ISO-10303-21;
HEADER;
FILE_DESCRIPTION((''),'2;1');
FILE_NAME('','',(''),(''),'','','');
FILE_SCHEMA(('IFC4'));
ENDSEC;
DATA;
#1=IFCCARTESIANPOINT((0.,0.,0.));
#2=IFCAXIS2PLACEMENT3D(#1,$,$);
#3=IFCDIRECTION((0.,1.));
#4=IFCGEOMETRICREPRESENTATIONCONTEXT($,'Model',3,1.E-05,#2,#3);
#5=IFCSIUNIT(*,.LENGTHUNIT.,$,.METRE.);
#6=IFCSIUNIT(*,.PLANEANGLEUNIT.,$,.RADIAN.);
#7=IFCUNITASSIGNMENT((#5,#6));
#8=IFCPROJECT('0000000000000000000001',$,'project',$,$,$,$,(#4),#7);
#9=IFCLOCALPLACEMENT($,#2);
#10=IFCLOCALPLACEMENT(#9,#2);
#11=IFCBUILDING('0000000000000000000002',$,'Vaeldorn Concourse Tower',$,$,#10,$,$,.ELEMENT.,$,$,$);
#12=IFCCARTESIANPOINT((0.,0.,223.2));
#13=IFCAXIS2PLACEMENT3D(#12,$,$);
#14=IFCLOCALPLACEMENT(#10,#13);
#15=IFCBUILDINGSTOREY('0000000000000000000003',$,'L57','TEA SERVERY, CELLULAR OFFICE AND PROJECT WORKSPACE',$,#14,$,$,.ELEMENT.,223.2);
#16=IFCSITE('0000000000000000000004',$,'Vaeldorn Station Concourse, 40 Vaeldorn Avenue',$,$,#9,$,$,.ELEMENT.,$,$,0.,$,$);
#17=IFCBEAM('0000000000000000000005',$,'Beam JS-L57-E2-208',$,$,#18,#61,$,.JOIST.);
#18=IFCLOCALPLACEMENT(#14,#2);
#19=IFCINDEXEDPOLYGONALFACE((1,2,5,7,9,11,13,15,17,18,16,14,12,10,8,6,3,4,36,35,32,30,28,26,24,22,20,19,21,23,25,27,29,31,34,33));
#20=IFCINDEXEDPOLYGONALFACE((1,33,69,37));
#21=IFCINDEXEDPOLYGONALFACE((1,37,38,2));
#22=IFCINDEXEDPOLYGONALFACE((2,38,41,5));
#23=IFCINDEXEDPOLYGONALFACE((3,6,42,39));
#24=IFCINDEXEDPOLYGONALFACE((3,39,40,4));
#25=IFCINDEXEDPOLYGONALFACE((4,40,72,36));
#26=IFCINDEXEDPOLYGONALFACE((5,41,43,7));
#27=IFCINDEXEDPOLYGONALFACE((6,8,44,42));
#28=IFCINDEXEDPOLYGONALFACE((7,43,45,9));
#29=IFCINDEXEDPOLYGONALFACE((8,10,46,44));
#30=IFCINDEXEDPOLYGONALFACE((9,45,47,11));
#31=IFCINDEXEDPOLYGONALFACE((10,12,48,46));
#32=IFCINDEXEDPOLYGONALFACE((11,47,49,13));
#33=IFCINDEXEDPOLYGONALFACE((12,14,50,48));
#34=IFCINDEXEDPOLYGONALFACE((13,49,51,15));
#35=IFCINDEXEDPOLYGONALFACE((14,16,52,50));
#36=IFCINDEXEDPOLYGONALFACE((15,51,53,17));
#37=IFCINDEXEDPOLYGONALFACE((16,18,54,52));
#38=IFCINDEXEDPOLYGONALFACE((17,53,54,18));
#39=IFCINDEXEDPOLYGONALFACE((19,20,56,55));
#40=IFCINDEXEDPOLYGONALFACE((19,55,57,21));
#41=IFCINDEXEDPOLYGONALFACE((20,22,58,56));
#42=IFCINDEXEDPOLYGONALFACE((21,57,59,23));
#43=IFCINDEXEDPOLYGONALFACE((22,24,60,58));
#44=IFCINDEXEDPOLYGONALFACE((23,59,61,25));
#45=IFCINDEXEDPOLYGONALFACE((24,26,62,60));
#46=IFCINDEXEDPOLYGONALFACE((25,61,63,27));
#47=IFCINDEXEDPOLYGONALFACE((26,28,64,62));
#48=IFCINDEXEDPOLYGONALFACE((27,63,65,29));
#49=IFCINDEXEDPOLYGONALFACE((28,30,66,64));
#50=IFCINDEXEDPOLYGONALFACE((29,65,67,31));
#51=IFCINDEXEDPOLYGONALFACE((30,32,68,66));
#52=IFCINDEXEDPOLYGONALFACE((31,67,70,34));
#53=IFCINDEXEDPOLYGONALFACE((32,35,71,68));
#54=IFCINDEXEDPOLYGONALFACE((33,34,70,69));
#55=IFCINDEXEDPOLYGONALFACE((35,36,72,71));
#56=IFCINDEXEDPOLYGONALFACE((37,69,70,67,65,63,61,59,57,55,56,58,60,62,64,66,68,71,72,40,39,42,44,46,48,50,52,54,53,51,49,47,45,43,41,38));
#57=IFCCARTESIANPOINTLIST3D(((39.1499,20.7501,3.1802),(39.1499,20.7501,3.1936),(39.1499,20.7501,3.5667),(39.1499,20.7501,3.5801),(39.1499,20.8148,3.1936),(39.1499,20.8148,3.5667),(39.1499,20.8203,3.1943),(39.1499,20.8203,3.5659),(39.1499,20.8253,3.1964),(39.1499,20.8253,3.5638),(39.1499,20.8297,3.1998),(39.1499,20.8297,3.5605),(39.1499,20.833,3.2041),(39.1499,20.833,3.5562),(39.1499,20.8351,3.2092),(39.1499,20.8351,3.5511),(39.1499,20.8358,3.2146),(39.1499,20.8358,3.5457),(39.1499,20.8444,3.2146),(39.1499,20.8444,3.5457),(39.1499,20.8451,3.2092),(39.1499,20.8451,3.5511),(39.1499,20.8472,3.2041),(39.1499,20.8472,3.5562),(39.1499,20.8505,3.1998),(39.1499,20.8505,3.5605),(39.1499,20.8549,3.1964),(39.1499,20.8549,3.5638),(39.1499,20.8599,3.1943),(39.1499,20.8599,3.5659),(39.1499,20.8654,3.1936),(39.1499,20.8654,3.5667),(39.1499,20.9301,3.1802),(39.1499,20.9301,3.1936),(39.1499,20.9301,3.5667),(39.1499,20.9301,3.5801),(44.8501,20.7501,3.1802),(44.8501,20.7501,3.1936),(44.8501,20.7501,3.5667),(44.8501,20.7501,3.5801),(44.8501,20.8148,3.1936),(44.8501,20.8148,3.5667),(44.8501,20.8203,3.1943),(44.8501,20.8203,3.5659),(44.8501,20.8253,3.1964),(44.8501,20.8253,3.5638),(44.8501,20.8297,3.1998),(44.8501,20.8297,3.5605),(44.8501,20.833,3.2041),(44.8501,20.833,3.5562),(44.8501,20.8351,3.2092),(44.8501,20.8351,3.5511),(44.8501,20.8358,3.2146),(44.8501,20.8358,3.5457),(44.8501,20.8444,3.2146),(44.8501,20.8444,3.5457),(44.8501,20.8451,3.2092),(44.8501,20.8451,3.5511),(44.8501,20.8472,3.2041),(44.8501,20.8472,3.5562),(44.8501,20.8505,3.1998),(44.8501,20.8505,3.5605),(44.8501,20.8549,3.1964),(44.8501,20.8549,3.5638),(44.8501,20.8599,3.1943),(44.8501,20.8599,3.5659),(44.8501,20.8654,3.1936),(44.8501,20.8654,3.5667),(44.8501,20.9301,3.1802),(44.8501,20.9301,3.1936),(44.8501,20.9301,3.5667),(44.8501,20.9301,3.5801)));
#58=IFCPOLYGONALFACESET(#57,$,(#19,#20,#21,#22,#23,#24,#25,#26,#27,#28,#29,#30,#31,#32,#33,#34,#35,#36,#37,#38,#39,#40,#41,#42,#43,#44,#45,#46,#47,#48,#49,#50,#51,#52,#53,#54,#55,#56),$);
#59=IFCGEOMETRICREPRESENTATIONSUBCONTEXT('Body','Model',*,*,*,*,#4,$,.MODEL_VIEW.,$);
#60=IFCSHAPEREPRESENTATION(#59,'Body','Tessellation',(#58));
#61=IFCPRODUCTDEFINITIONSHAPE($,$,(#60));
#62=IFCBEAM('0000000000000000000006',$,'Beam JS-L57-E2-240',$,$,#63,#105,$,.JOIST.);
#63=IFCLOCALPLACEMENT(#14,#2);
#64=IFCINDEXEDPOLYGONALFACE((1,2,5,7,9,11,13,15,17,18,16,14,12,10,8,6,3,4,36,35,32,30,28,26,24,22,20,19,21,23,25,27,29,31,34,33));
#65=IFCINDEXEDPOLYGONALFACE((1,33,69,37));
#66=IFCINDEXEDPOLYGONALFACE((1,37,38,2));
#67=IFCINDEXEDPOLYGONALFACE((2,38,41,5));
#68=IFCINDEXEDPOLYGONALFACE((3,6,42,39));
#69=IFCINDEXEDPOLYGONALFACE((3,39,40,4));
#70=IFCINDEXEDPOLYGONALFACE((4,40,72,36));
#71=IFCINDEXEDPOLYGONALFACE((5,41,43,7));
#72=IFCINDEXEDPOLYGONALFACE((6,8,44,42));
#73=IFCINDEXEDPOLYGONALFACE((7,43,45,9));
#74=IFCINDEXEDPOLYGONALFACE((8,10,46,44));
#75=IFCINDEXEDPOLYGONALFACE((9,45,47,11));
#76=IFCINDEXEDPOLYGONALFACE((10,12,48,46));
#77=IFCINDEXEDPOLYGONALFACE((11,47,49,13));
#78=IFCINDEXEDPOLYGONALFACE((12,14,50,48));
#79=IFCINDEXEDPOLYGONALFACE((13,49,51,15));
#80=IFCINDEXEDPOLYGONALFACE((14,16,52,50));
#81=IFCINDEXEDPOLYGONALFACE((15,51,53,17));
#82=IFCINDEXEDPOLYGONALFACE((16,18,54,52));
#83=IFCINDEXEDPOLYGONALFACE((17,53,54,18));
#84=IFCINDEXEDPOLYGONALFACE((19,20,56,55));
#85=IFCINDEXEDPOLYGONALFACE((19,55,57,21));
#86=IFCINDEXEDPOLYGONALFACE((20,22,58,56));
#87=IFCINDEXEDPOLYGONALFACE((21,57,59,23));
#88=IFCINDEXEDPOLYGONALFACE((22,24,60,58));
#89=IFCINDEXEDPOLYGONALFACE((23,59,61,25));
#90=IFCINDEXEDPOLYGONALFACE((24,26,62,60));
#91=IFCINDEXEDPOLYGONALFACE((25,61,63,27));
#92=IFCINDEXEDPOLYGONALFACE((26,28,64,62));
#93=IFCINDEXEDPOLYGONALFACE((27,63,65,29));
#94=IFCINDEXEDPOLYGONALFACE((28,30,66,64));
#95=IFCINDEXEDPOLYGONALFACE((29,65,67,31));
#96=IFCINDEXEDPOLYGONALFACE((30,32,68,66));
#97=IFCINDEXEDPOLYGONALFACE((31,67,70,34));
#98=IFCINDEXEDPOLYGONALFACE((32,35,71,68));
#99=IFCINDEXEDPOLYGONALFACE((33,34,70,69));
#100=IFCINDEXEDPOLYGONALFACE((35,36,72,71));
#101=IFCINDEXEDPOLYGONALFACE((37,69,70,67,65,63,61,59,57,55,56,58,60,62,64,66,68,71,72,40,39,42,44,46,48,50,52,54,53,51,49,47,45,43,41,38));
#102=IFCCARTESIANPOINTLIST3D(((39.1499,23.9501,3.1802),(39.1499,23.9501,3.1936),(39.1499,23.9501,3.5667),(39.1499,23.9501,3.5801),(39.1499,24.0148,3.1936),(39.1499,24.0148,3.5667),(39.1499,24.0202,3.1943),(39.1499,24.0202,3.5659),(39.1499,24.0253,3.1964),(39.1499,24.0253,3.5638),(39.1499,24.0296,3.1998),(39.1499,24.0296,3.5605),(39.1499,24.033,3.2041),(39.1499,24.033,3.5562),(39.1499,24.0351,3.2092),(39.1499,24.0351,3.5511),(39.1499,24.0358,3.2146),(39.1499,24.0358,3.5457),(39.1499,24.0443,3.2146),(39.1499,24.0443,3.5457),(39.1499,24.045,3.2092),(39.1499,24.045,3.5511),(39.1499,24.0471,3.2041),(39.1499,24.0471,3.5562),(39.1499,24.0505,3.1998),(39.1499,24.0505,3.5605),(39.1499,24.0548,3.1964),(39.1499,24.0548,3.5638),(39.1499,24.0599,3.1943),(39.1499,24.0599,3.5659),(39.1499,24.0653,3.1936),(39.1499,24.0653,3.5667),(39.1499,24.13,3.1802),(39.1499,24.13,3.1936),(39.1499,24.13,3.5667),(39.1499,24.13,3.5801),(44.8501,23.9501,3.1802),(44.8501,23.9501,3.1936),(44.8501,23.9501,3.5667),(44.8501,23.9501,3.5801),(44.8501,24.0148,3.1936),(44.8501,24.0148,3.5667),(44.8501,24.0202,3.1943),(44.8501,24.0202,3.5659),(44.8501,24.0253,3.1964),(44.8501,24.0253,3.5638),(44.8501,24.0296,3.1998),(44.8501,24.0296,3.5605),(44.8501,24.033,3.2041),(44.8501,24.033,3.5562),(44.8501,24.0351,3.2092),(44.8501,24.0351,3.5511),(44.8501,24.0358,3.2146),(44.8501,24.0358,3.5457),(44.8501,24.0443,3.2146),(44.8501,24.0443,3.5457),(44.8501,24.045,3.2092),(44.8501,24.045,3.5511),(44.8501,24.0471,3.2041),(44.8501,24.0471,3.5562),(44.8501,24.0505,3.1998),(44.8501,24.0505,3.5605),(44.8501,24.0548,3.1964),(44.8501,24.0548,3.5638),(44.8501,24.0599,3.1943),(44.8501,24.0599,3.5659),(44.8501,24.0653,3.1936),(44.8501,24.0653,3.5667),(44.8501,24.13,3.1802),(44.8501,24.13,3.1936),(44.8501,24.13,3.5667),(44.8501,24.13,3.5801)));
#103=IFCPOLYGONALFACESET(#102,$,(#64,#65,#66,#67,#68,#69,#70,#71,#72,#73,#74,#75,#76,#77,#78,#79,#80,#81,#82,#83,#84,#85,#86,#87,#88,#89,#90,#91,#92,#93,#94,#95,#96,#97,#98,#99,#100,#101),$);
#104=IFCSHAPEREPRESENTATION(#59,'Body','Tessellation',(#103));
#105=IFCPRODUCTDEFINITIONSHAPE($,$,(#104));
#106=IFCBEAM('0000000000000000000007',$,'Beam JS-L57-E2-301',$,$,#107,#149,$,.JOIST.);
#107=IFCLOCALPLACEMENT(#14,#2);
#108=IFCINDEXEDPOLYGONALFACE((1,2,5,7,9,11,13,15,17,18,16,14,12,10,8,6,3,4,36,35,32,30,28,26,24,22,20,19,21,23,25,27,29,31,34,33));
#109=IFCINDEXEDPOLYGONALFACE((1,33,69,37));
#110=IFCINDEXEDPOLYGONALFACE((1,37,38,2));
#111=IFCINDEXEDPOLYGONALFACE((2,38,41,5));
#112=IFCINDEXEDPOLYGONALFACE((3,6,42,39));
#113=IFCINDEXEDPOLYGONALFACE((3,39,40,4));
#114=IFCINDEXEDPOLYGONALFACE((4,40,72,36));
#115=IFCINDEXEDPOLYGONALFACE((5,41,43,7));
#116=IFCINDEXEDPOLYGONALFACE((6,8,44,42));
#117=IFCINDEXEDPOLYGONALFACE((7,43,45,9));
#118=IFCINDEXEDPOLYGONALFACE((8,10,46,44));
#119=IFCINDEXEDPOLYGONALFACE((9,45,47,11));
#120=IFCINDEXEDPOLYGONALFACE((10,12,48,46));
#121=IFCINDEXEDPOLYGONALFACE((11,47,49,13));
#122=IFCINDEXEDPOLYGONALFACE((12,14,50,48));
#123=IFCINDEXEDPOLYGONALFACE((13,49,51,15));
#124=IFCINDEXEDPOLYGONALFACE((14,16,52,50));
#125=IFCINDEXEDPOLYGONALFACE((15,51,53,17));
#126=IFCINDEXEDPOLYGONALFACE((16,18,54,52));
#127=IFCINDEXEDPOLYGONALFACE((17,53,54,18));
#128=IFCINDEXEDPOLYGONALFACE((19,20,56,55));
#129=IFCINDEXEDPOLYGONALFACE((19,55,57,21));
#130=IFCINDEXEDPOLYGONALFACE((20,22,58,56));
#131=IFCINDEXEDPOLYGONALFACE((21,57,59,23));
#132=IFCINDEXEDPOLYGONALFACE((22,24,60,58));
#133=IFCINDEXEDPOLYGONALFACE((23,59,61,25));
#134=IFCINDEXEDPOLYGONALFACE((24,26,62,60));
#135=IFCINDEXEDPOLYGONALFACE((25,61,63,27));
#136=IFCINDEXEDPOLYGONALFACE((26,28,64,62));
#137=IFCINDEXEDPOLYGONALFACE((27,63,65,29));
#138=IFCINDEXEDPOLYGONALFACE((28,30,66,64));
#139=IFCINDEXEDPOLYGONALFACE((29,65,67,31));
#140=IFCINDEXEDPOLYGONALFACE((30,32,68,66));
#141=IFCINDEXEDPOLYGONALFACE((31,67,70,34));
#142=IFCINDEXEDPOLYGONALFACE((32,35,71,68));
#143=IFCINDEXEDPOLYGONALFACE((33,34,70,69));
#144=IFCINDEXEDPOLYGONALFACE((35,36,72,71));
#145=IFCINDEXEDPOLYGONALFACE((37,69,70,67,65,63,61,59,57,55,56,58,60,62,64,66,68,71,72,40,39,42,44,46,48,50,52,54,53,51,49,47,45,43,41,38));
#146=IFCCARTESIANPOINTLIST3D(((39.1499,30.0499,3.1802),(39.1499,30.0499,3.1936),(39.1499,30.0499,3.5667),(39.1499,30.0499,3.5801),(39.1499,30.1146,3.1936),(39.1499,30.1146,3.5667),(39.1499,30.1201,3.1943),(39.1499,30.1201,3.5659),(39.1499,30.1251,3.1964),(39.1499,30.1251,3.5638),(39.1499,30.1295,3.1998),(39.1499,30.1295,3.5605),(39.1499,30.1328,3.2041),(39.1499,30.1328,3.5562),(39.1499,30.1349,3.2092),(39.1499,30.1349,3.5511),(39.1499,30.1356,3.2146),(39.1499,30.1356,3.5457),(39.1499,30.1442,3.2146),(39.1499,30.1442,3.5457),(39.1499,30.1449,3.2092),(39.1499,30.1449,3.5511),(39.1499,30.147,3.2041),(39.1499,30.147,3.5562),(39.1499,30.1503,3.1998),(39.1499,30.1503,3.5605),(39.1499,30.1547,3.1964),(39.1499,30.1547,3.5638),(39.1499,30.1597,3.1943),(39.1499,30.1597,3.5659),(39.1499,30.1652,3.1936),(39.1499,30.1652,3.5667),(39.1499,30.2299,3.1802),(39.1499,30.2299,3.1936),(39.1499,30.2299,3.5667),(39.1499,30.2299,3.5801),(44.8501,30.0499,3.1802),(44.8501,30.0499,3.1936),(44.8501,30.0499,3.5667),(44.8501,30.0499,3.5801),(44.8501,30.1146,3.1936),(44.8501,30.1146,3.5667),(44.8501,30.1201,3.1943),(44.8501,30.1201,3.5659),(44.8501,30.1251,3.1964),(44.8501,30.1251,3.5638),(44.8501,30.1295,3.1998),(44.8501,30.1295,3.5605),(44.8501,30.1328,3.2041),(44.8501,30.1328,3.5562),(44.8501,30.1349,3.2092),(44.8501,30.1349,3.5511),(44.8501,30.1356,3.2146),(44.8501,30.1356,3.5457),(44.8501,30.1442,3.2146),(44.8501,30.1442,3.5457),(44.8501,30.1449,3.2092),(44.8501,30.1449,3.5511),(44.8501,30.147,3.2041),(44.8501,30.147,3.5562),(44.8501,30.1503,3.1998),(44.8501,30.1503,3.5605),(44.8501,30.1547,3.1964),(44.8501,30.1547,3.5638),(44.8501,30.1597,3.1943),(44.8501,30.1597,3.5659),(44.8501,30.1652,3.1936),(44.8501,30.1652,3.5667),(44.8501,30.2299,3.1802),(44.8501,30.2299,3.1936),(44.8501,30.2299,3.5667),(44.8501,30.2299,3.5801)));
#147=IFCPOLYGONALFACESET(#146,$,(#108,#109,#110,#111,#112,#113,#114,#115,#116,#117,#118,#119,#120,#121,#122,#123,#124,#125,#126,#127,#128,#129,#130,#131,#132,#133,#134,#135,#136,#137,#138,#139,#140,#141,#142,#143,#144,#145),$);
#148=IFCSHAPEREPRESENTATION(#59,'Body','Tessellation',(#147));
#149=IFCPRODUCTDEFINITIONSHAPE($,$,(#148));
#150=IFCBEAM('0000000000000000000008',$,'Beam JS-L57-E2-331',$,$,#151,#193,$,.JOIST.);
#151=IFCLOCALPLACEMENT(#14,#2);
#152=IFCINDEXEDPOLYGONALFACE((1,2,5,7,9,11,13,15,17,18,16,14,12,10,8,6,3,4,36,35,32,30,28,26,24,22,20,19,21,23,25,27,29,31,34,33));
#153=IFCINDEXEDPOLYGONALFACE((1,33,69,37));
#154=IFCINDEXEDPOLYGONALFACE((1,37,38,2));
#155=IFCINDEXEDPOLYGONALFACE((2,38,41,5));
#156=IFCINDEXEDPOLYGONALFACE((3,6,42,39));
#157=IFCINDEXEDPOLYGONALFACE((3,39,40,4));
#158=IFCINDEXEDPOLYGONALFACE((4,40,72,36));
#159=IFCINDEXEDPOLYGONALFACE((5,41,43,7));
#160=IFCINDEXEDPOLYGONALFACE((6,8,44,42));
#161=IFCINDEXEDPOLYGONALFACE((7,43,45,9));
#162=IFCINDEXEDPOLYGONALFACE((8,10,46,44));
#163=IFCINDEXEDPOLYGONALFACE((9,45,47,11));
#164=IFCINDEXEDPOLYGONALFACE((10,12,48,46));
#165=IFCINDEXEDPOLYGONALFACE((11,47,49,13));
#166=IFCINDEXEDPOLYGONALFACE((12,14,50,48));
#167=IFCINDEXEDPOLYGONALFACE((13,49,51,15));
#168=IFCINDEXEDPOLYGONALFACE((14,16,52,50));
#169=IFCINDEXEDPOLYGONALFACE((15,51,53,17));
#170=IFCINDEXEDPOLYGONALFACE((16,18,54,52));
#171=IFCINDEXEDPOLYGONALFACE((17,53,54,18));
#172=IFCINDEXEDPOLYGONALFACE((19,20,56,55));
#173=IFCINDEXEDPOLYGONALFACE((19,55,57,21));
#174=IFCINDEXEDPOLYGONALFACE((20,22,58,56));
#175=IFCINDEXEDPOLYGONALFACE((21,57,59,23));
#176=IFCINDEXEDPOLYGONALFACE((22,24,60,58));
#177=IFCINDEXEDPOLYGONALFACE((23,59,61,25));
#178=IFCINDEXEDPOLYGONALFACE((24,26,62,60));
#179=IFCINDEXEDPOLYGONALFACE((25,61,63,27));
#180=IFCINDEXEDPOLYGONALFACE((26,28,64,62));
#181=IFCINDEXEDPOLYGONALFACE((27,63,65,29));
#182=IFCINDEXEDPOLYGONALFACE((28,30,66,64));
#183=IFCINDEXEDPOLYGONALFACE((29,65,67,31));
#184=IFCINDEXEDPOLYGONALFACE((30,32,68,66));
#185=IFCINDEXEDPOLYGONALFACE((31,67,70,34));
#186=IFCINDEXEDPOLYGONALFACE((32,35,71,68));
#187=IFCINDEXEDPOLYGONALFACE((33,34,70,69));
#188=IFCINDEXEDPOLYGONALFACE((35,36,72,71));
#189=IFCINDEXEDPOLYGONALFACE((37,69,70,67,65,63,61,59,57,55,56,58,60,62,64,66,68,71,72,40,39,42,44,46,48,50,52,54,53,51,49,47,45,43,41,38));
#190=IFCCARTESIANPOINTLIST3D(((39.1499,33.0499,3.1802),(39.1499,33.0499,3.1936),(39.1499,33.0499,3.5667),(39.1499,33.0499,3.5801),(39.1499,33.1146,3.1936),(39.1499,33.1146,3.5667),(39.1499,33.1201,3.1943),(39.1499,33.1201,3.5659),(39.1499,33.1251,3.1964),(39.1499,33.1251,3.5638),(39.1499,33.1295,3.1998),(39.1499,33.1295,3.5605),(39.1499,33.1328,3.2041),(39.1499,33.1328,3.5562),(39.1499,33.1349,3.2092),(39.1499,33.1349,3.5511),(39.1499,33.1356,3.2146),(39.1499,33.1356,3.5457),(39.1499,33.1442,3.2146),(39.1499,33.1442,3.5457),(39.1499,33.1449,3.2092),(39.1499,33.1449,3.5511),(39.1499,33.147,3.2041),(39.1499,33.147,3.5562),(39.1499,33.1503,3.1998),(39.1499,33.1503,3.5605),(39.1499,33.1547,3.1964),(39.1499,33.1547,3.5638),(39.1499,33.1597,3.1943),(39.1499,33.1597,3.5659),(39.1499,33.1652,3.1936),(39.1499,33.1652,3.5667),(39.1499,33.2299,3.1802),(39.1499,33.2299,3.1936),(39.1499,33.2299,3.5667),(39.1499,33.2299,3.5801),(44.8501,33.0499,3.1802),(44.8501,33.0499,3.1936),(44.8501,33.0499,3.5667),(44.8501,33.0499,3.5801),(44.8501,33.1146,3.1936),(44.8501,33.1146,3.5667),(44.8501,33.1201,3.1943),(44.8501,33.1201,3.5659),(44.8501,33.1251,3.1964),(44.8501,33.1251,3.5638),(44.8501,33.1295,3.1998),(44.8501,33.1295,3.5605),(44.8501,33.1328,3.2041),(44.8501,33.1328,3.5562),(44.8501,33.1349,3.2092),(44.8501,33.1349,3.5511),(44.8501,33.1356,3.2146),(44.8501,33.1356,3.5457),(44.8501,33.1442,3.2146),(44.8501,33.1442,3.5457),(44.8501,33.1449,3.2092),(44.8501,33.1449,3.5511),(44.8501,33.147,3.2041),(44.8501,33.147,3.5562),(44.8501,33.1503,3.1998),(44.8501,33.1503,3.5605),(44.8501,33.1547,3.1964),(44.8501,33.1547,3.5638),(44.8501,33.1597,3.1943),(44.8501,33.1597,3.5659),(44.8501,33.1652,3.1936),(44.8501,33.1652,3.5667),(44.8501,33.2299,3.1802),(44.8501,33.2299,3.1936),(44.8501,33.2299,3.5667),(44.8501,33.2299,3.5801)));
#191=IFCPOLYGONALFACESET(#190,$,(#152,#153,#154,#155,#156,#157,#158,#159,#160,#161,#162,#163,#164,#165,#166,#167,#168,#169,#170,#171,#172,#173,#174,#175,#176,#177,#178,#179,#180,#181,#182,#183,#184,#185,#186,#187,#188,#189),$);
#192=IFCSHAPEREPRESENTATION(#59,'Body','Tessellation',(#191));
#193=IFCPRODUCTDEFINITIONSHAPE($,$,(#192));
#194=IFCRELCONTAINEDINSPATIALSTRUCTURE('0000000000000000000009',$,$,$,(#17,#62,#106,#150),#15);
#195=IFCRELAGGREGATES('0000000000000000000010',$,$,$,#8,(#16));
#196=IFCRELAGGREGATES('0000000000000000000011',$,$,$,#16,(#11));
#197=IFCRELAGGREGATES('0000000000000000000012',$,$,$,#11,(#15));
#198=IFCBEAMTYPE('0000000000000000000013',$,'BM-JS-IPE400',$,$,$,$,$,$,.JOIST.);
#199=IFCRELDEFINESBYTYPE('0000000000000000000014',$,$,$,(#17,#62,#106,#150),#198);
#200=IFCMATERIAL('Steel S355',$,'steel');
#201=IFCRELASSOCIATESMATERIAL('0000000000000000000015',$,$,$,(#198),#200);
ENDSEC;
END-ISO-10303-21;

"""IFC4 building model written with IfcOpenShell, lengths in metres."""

from ifc_helpers import new_model, si_unit, direction, frame, origin, origin_2d, place, context, subcontext, project, spatial, i_section, extrude, source, transform, mapped, material, material_profile, profile_set, type_object, element, save


model = new_model("IFC4")

# Units and contexts
model_context = context("Model", 3, precision=1e-05, world=origin(), true_north=direction((0.0, 1.0)))
body_context = subcontext(model_context, "Body", "Model", "MODEL_VIEW")
ifc_project = project(units=[si_unit("LENGTHUNIT", "METRE"), si_unit("PLANEANGLEUNIT", "RADIAN")], contexts=[model_context])

# Site, building, storey
site_placement = place(None, origin())
site = spatial("IfcSite", under=ifc_project, at=site_placement, Name="Vaeldorn Station Concourse, 40 Vaeldorn Avenue", CompositionType="ELEMENT", RefElevation=0.0)
building_placement = place(site_placement, origin())
building = spatial("IfcBuilding", under=site, at=building_placement, Name="Vaeldorn Concourse Tower", CompositionType="ELEMENT")
storey_placement = place(building_placement, frame((0.0, 0.0, 223.2)))
storey = spatial("IfcBuildingStorey", under=building, at=storey_placement, Name="L57", Description="TEA SERVERY, CELLULAR OFFICE AND PROJECT WORKSPACE", CompositionType="ELEMENT", Elevation=223.2)

# Shared definitions
ifc_material_1 = material(Name="Steel S355", Category="steel")

# Beams
ifc_material_profile_1 = material_profile(ifc_material_1, i_section(OverallWidth=0.1799, OverallDepth=0.3999, WebThickness=0.0085, FlangeThickness=0.0134, FilletRadius=0.021, at=origin_2d()), Name="IPE 400")
ifc_profile_set_1 = profile_set([ifc_material_profile_1], Name="Steel S355")
beam_type_1 = type_object("IfcBeamType", Name="BM-JS-IPE400", PredefinedType="JOIST", material=ifc_profile_set_1)
shared_shape_1 = source(origin(), body_context, "Body", "SweptSolid", [
    extrude(i_section(OverallWidth=0.1799, OverallDepth=0.3999, WebThickness=0.0085, FlangeThickness=0.0134, FilletRadius=0.021, at=origin_2d()), origin(), (0.0, 0.0, 1.0), 5.7002),
])
for number, where, z_axis, x_axis, name in (
    (1, (39.1499, 20.8401, 3.3801), (1.0, 0.0, 0.0), (0.0, 1.0, 0.0), "Beam JS-L57-E2-208"),
    (2, (39.1499, 24.04, 3.3801), (1.0, 0.0, 0.0), (0.0, 1.0, 0.0), "Beam JS-L57-E2-240"),
    (3, (39.1499, 30.1399, 3.3801), (1.0, 0.0, 0.0), (0.0, 1.0, 0.0), "Beam JS-L57-E2-301"),
    (4, (39.1499, 33.1399, 3.3801), (1.0, 0.0, 0.0), (0.0, 1.0, 0.0), "Beam JS-L57-E2-331"),
):
    element("IfcBeam", number, at=place(storey_placement, frame(where, z_axis=z_axis, x_axis=x_axis)), inside=storey, type_object=beam_type_1, Name=name, PredefinedType="JOIST", context=body_context, shape_type="MappedRepresentation", body=[
        mapped(shared_shape_1, transform((0.0, 0.0, 0.0), scale=1.0)),
    ])

save(model, "model.ifc")
